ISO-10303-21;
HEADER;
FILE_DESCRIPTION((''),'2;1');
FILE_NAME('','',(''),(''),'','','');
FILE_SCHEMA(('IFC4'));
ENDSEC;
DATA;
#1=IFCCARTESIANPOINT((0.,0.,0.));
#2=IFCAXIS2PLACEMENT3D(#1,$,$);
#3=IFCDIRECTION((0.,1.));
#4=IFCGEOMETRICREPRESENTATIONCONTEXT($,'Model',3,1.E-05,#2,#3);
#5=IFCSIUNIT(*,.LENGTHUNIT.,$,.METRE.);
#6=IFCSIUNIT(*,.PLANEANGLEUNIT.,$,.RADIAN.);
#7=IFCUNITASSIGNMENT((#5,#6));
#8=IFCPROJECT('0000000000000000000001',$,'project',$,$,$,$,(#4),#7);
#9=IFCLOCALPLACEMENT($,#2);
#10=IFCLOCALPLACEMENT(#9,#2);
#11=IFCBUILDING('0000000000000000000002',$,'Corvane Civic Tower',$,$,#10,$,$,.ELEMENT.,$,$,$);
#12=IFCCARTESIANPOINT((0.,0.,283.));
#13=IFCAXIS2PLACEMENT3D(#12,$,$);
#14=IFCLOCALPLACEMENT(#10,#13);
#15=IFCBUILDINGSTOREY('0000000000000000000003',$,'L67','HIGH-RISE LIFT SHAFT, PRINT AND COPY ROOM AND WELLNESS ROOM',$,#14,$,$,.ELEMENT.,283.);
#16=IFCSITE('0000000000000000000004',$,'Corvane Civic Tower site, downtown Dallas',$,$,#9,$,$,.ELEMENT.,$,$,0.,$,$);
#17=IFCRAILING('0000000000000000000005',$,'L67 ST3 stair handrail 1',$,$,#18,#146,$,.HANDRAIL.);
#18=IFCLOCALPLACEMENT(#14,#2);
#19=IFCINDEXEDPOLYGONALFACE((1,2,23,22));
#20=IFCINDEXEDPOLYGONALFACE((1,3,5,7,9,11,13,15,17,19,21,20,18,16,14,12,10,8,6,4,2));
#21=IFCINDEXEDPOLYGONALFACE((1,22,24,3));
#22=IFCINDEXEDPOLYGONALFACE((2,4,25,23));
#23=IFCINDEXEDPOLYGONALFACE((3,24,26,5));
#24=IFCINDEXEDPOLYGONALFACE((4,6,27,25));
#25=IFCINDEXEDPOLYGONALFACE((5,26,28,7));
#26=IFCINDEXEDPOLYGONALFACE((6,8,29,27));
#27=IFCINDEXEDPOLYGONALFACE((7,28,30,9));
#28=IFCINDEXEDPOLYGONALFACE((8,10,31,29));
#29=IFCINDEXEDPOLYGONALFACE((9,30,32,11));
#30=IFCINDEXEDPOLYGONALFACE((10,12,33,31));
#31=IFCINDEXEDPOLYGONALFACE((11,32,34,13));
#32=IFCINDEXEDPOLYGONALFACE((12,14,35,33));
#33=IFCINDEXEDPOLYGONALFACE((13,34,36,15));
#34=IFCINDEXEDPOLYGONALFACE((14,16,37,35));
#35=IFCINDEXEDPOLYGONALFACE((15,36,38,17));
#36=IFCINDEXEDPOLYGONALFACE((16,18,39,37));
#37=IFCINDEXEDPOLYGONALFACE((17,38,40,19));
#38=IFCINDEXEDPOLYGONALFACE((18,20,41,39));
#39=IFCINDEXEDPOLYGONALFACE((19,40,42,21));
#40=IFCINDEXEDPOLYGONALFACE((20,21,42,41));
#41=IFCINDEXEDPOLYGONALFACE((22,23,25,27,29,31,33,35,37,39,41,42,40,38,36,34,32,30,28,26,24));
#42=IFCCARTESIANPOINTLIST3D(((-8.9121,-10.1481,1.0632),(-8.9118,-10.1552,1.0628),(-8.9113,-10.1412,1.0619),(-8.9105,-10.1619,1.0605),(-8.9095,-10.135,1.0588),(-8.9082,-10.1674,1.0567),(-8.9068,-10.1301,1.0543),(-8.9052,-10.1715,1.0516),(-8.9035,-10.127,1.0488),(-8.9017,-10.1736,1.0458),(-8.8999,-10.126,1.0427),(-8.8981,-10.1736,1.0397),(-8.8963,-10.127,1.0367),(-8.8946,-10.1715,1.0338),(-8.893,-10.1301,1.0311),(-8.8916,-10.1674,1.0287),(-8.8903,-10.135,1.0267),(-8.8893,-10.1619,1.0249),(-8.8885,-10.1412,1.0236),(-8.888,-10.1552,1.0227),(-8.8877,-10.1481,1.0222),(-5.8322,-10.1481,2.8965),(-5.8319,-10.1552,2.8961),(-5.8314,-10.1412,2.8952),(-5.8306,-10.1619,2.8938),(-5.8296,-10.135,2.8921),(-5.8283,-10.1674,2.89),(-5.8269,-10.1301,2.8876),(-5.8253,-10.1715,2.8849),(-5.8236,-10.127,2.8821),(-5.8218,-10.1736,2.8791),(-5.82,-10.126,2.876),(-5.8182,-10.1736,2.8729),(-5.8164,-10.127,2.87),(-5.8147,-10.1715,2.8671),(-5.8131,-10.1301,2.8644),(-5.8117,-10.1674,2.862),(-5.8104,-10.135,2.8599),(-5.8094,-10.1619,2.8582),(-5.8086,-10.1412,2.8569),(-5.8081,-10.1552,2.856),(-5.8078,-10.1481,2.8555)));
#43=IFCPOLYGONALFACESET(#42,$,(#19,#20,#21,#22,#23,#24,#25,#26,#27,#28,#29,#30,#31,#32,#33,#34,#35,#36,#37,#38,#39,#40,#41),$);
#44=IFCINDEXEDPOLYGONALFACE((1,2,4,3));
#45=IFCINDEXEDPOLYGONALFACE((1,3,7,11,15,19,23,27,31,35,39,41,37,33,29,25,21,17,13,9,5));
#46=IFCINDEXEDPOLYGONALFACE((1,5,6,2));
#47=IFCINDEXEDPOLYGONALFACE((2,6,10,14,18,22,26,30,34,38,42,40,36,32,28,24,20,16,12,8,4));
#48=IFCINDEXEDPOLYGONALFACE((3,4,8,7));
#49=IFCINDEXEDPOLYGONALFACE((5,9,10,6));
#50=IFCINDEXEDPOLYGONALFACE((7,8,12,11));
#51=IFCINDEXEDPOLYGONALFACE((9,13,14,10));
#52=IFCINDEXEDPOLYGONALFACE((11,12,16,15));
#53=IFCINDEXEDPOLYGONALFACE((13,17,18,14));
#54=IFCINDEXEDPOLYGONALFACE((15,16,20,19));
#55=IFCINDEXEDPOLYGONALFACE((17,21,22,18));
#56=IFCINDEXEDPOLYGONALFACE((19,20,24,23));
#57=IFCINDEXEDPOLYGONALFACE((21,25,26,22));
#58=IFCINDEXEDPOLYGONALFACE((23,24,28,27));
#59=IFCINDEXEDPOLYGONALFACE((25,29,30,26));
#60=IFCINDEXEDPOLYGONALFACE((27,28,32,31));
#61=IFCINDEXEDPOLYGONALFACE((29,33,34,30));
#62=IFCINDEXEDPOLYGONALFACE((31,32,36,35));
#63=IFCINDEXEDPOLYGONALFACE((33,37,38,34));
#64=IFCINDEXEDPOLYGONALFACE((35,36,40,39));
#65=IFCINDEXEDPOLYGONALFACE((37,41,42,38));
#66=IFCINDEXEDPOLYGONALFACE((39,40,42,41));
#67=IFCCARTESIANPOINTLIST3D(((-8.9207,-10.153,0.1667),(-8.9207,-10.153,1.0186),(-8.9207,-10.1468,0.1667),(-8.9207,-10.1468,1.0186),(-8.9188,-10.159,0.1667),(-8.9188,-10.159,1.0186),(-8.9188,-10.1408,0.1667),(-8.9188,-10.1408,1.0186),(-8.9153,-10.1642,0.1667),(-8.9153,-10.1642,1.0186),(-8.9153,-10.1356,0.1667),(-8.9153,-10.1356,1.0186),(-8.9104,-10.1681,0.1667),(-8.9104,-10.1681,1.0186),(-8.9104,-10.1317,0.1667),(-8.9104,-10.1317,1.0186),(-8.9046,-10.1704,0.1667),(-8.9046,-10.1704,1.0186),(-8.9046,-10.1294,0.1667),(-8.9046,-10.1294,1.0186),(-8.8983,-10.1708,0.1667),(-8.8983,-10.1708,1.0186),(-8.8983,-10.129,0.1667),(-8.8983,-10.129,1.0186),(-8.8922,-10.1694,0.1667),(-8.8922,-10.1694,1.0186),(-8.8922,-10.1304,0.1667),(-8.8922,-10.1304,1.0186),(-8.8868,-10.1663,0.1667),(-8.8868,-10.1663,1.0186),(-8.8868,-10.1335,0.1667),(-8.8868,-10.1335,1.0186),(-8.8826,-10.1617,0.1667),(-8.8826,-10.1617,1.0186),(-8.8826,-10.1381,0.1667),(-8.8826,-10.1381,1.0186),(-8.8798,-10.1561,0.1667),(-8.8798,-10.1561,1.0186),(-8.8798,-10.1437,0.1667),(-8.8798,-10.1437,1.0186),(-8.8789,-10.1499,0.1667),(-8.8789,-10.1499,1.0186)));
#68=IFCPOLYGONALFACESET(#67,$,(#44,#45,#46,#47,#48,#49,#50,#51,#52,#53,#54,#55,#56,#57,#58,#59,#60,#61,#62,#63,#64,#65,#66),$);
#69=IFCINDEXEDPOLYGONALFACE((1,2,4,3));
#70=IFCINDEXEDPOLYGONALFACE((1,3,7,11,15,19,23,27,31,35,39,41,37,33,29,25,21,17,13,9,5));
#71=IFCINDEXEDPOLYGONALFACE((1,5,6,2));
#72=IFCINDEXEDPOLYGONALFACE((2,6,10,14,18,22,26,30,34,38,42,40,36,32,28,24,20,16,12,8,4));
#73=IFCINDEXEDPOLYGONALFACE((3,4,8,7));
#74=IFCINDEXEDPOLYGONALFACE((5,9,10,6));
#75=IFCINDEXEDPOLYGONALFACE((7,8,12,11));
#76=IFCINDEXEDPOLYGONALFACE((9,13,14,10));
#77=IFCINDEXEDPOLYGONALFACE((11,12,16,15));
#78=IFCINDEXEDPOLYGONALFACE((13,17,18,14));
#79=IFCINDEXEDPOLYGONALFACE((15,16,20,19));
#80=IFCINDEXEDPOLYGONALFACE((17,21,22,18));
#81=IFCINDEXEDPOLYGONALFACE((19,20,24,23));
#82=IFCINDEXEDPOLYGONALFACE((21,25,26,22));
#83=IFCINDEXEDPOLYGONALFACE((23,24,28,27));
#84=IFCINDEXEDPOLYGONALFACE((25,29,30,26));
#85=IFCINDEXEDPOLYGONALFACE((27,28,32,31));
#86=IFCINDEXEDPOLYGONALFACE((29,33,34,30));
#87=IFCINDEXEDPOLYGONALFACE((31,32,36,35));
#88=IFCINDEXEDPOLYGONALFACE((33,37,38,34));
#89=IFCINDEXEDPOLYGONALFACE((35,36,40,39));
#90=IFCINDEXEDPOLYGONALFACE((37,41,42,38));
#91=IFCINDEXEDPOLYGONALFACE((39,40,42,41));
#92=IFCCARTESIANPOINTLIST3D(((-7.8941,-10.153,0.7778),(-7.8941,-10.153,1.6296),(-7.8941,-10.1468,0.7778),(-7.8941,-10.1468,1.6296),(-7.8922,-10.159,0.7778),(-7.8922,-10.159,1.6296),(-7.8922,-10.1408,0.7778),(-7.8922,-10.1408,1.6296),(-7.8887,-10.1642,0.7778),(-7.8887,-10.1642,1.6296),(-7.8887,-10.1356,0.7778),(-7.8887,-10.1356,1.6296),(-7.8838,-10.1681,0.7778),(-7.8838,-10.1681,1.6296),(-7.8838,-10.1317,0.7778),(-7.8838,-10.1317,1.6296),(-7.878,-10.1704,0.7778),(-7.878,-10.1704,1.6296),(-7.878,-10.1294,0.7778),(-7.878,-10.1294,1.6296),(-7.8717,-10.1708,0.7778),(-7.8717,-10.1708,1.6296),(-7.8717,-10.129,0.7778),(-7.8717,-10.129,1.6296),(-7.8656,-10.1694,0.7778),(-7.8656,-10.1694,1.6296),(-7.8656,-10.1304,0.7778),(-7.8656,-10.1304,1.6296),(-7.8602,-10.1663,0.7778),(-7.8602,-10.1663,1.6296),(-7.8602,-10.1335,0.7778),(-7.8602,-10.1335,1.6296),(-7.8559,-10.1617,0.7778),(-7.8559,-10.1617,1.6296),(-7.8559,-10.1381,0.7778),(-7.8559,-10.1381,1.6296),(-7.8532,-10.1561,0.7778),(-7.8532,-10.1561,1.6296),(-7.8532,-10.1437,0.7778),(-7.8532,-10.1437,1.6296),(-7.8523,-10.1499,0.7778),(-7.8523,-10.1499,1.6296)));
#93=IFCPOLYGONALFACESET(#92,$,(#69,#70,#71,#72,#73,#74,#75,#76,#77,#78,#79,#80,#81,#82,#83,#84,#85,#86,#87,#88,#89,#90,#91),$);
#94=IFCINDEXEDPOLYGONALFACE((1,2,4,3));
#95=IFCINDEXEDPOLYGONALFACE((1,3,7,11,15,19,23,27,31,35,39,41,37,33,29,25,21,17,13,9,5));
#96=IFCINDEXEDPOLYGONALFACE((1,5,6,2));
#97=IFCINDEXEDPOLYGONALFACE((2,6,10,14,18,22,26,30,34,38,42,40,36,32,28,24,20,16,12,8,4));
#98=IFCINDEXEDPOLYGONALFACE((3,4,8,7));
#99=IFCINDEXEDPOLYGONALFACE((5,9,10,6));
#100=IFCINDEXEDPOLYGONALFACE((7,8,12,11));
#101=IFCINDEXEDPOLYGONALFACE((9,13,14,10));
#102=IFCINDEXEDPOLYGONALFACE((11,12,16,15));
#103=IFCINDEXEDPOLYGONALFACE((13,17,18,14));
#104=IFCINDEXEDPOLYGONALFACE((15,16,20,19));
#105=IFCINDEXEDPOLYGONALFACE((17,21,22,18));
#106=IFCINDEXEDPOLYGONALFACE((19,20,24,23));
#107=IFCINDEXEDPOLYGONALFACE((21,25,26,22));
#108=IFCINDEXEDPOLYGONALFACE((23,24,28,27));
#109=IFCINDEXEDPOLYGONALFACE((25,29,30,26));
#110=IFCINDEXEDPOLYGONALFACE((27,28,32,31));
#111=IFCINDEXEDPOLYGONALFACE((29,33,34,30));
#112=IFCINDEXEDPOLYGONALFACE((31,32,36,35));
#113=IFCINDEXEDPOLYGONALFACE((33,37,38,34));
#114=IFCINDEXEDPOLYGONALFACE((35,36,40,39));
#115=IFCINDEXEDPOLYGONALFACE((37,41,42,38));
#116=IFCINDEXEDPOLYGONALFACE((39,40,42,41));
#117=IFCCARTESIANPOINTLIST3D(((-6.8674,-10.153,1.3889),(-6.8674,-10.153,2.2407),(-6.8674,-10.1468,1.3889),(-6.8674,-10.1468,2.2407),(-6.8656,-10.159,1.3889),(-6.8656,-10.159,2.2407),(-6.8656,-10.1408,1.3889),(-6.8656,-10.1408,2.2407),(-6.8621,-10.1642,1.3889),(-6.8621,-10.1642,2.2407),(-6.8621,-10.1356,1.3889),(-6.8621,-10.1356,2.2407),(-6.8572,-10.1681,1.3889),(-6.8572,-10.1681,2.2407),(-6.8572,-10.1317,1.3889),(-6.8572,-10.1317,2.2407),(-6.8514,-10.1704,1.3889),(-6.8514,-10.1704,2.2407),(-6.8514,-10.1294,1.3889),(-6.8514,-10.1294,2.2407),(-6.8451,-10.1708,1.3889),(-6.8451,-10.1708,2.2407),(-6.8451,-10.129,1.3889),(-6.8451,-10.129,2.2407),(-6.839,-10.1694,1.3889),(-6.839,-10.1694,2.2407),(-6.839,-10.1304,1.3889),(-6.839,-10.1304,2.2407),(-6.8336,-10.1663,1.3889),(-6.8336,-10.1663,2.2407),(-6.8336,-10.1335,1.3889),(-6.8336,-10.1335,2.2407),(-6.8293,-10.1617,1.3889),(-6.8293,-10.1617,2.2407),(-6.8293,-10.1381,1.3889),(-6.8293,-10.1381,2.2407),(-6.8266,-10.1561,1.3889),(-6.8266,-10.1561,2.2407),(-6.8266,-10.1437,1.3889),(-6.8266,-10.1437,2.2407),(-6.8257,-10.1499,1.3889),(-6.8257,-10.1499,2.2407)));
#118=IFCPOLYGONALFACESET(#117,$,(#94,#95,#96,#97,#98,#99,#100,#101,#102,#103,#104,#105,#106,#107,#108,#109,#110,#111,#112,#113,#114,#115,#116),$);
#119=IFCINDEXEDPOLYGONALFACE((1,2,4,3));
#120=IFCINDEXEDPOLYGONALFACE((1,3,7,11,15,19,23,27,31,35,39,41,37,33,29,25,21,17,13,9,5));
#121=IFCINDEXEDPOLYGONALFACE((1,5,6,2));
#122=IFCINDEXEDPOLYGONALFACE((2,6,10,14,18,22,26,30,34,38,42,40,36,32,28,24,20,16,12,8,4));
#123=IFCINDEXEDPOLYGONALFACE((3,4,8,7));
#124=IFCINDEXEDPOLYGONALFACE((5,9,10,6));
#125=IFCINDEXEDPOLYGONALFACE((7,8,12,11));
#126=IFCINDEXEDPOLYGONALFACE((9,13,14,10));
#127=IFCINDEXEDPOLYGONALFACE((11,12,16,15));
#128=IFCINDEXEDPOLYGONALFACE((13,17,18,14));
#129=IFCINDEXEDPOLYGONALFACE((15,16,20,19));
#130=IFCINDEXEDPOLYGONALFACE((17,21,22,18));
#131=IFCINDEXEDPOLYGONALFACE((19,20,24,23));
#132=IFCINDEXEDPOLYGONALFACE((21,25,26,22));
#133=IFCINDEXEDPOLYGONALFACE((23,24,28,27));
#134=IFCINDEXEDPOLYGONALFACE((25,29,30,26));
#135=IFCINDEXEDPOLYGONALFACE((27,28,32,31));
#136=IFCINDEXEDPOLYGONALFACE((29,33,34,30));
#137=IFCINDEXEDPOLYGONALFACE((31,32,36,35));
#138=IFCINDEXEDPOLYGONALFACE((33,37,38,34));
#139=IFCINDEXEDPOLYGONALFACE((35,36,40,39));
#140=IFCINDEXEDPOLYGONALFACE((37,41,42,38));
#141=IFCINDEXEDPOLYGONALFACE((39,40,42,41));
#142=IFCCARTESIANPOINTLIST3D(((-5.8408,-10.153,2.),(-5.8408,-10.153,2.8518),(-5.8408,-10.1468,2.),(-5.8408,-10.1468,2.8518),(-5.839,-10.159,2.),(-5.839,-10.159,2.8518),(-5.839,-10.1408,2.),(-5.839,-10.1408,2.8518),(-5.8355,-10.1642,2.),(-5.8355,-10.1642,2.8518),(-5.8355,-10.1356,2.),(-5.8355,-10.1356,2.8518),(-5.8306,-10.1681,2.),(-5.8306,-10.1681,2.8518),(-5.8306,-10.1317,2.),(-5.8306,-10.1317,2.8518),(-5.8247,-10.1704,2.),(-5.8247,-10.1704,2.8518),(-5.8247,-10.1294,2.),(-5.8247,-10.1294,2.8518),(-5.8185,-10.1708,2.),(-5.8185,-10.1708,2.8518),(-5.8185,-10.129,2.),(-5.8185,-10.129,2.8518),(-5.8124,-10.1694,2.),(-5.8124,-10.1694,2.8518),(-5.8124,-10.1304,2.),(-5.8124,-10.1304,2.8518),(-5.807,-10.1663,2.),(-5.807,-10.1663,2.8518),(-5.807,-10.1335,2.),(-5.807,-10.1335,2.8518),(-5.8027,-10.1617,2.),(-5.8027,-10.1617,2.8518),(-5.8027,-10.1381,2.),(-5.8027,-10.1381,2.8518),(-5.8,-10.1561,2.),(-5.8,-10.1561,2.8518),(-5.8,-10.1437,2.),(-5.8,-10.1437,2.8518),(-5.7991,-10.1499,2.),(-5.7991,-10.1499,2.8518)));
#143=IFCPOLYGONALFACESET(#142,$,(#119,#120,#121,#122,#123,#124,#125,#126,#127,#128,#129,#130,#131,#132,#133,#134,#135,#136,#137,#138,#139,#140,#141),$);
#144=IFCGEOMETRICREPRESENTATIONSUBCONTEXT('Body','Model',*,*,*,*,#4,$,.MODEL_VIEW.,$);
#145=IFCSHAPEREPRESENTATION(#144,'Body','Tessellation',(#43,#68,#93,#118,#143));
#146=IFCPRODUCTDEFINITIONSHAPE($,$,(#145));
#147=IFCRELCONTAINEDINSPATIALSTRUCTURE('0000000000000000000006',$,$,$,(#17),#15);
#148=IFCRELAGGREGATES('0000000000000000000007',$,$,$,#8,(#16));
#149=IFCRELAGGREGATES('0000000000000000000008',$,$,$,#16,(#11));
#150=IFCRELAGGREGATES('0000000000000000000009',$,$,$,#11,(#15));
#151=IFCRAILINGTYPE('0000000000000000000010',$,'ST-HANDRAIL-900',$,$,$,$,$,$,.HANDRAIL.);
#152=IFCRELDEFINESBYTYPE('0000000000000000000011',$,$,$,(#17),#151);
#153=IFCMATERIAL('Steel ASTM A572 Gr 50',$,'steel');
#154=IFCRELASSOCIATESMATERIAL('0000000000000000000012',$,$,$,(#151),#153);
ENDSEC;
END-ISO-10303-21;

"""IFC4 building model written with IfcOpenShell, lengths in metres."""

from ifc_helpers import new_model, si_unit, direction, frame, origin, origin_2d, place, context, subcontext, project, spatial, circle, extrude, material, type_object, element, save


model = new_model("IFC4")

# Units and contexts
model_context = context("Model", 3, precision=1e-05, world=origin(), true_north=direction((0.0, 1.0)))
body_context = subcontext(model_context, "Body", "Model", "MODEL_VIEW")
ifc_project = project(units=[si_unit("LENGTHUNIT", "METRE"), si_unit("PLANEANGLEUNIT", "RADIAN")], contexts=[model_context])

# Site, building, storey
site_placement = place(None, origin())
site = spatial("IfcSite", under=ifc_project, at=site_placement, Name="Corvane Civic Tower site, downtown Dallas", CompositionType="ELEMENT", RefElevation=0.0)
building_placement = place(site_placement, origin())
building = spatial("IfcBuilding", under=site, at=building_placement, Name="Corvane Civic Tower", CompositionType="ELEMENT")
storey_placement = place(building_placement, frame((0.0, 0.0, 283.0)))
storey = spatial("IfcBuildingStorey", under=building, at=storey_placement, Name="L67", Description="HIGH-RISE LIFT SHAFT, PRINT AND COPY ROOM AND WELLNESS ROOM", CompositionType="ELEMENT", Elevation=283.0)

# Railing
ifc_material_1 = material(Name="Steel ASTM A572 Gr 50", Category="steel")
railing_type_1 = type_object("IfcRailingType", Name="ST-HANDRAIL-900", PredefinedType="HANDRAIL", material=ifc_material_1)
railing_1_placement = place(storey_placement, frame((-8.8999, -10.1499, 0.1667)))
element("IfcRailing", 1, at=railing_1_placement, inside=storey, type_object=railing_type_1, Name="L67 ST3 stair handrail 1", PredefinedType="HANDRAIL", context=body_context, shape_type="SweptSolid", body=[
    extrude(circle(Radius=0.0239, at=origin_2d()), frame((0.0, 0.0, 0.876), z_axis=(0.859291, 0.0, 0.511487), x_axis=(0.0, 1.0, 0.0)), (0.0, 0.0, 1.0), 3.5842),
    extrude(circle(Radius=0.021, at=origin_2d()), origin(), (0.0, 0.0, 1.0), 0.8518),
    extrude(circle(Radius=0.021, at=origin_2d()), frame((1.0266, 0.0, 0.6111)), (0.0, 0.0, 1.0), 0.8518),
    extrude(circle(Radius=0.021, at=origin_2d()), frame((2.0532, 0.0, 1.2222)), (0.0, 0.0, 1.0), 0.8518),
    extrude(circle(Radius=0.021, at=origin_2d()), frame((3.0798, 0.0, 1.8333)), (0.0, 0.0, 1.0), 0.8518),
])

save(model, "model.ifc")
